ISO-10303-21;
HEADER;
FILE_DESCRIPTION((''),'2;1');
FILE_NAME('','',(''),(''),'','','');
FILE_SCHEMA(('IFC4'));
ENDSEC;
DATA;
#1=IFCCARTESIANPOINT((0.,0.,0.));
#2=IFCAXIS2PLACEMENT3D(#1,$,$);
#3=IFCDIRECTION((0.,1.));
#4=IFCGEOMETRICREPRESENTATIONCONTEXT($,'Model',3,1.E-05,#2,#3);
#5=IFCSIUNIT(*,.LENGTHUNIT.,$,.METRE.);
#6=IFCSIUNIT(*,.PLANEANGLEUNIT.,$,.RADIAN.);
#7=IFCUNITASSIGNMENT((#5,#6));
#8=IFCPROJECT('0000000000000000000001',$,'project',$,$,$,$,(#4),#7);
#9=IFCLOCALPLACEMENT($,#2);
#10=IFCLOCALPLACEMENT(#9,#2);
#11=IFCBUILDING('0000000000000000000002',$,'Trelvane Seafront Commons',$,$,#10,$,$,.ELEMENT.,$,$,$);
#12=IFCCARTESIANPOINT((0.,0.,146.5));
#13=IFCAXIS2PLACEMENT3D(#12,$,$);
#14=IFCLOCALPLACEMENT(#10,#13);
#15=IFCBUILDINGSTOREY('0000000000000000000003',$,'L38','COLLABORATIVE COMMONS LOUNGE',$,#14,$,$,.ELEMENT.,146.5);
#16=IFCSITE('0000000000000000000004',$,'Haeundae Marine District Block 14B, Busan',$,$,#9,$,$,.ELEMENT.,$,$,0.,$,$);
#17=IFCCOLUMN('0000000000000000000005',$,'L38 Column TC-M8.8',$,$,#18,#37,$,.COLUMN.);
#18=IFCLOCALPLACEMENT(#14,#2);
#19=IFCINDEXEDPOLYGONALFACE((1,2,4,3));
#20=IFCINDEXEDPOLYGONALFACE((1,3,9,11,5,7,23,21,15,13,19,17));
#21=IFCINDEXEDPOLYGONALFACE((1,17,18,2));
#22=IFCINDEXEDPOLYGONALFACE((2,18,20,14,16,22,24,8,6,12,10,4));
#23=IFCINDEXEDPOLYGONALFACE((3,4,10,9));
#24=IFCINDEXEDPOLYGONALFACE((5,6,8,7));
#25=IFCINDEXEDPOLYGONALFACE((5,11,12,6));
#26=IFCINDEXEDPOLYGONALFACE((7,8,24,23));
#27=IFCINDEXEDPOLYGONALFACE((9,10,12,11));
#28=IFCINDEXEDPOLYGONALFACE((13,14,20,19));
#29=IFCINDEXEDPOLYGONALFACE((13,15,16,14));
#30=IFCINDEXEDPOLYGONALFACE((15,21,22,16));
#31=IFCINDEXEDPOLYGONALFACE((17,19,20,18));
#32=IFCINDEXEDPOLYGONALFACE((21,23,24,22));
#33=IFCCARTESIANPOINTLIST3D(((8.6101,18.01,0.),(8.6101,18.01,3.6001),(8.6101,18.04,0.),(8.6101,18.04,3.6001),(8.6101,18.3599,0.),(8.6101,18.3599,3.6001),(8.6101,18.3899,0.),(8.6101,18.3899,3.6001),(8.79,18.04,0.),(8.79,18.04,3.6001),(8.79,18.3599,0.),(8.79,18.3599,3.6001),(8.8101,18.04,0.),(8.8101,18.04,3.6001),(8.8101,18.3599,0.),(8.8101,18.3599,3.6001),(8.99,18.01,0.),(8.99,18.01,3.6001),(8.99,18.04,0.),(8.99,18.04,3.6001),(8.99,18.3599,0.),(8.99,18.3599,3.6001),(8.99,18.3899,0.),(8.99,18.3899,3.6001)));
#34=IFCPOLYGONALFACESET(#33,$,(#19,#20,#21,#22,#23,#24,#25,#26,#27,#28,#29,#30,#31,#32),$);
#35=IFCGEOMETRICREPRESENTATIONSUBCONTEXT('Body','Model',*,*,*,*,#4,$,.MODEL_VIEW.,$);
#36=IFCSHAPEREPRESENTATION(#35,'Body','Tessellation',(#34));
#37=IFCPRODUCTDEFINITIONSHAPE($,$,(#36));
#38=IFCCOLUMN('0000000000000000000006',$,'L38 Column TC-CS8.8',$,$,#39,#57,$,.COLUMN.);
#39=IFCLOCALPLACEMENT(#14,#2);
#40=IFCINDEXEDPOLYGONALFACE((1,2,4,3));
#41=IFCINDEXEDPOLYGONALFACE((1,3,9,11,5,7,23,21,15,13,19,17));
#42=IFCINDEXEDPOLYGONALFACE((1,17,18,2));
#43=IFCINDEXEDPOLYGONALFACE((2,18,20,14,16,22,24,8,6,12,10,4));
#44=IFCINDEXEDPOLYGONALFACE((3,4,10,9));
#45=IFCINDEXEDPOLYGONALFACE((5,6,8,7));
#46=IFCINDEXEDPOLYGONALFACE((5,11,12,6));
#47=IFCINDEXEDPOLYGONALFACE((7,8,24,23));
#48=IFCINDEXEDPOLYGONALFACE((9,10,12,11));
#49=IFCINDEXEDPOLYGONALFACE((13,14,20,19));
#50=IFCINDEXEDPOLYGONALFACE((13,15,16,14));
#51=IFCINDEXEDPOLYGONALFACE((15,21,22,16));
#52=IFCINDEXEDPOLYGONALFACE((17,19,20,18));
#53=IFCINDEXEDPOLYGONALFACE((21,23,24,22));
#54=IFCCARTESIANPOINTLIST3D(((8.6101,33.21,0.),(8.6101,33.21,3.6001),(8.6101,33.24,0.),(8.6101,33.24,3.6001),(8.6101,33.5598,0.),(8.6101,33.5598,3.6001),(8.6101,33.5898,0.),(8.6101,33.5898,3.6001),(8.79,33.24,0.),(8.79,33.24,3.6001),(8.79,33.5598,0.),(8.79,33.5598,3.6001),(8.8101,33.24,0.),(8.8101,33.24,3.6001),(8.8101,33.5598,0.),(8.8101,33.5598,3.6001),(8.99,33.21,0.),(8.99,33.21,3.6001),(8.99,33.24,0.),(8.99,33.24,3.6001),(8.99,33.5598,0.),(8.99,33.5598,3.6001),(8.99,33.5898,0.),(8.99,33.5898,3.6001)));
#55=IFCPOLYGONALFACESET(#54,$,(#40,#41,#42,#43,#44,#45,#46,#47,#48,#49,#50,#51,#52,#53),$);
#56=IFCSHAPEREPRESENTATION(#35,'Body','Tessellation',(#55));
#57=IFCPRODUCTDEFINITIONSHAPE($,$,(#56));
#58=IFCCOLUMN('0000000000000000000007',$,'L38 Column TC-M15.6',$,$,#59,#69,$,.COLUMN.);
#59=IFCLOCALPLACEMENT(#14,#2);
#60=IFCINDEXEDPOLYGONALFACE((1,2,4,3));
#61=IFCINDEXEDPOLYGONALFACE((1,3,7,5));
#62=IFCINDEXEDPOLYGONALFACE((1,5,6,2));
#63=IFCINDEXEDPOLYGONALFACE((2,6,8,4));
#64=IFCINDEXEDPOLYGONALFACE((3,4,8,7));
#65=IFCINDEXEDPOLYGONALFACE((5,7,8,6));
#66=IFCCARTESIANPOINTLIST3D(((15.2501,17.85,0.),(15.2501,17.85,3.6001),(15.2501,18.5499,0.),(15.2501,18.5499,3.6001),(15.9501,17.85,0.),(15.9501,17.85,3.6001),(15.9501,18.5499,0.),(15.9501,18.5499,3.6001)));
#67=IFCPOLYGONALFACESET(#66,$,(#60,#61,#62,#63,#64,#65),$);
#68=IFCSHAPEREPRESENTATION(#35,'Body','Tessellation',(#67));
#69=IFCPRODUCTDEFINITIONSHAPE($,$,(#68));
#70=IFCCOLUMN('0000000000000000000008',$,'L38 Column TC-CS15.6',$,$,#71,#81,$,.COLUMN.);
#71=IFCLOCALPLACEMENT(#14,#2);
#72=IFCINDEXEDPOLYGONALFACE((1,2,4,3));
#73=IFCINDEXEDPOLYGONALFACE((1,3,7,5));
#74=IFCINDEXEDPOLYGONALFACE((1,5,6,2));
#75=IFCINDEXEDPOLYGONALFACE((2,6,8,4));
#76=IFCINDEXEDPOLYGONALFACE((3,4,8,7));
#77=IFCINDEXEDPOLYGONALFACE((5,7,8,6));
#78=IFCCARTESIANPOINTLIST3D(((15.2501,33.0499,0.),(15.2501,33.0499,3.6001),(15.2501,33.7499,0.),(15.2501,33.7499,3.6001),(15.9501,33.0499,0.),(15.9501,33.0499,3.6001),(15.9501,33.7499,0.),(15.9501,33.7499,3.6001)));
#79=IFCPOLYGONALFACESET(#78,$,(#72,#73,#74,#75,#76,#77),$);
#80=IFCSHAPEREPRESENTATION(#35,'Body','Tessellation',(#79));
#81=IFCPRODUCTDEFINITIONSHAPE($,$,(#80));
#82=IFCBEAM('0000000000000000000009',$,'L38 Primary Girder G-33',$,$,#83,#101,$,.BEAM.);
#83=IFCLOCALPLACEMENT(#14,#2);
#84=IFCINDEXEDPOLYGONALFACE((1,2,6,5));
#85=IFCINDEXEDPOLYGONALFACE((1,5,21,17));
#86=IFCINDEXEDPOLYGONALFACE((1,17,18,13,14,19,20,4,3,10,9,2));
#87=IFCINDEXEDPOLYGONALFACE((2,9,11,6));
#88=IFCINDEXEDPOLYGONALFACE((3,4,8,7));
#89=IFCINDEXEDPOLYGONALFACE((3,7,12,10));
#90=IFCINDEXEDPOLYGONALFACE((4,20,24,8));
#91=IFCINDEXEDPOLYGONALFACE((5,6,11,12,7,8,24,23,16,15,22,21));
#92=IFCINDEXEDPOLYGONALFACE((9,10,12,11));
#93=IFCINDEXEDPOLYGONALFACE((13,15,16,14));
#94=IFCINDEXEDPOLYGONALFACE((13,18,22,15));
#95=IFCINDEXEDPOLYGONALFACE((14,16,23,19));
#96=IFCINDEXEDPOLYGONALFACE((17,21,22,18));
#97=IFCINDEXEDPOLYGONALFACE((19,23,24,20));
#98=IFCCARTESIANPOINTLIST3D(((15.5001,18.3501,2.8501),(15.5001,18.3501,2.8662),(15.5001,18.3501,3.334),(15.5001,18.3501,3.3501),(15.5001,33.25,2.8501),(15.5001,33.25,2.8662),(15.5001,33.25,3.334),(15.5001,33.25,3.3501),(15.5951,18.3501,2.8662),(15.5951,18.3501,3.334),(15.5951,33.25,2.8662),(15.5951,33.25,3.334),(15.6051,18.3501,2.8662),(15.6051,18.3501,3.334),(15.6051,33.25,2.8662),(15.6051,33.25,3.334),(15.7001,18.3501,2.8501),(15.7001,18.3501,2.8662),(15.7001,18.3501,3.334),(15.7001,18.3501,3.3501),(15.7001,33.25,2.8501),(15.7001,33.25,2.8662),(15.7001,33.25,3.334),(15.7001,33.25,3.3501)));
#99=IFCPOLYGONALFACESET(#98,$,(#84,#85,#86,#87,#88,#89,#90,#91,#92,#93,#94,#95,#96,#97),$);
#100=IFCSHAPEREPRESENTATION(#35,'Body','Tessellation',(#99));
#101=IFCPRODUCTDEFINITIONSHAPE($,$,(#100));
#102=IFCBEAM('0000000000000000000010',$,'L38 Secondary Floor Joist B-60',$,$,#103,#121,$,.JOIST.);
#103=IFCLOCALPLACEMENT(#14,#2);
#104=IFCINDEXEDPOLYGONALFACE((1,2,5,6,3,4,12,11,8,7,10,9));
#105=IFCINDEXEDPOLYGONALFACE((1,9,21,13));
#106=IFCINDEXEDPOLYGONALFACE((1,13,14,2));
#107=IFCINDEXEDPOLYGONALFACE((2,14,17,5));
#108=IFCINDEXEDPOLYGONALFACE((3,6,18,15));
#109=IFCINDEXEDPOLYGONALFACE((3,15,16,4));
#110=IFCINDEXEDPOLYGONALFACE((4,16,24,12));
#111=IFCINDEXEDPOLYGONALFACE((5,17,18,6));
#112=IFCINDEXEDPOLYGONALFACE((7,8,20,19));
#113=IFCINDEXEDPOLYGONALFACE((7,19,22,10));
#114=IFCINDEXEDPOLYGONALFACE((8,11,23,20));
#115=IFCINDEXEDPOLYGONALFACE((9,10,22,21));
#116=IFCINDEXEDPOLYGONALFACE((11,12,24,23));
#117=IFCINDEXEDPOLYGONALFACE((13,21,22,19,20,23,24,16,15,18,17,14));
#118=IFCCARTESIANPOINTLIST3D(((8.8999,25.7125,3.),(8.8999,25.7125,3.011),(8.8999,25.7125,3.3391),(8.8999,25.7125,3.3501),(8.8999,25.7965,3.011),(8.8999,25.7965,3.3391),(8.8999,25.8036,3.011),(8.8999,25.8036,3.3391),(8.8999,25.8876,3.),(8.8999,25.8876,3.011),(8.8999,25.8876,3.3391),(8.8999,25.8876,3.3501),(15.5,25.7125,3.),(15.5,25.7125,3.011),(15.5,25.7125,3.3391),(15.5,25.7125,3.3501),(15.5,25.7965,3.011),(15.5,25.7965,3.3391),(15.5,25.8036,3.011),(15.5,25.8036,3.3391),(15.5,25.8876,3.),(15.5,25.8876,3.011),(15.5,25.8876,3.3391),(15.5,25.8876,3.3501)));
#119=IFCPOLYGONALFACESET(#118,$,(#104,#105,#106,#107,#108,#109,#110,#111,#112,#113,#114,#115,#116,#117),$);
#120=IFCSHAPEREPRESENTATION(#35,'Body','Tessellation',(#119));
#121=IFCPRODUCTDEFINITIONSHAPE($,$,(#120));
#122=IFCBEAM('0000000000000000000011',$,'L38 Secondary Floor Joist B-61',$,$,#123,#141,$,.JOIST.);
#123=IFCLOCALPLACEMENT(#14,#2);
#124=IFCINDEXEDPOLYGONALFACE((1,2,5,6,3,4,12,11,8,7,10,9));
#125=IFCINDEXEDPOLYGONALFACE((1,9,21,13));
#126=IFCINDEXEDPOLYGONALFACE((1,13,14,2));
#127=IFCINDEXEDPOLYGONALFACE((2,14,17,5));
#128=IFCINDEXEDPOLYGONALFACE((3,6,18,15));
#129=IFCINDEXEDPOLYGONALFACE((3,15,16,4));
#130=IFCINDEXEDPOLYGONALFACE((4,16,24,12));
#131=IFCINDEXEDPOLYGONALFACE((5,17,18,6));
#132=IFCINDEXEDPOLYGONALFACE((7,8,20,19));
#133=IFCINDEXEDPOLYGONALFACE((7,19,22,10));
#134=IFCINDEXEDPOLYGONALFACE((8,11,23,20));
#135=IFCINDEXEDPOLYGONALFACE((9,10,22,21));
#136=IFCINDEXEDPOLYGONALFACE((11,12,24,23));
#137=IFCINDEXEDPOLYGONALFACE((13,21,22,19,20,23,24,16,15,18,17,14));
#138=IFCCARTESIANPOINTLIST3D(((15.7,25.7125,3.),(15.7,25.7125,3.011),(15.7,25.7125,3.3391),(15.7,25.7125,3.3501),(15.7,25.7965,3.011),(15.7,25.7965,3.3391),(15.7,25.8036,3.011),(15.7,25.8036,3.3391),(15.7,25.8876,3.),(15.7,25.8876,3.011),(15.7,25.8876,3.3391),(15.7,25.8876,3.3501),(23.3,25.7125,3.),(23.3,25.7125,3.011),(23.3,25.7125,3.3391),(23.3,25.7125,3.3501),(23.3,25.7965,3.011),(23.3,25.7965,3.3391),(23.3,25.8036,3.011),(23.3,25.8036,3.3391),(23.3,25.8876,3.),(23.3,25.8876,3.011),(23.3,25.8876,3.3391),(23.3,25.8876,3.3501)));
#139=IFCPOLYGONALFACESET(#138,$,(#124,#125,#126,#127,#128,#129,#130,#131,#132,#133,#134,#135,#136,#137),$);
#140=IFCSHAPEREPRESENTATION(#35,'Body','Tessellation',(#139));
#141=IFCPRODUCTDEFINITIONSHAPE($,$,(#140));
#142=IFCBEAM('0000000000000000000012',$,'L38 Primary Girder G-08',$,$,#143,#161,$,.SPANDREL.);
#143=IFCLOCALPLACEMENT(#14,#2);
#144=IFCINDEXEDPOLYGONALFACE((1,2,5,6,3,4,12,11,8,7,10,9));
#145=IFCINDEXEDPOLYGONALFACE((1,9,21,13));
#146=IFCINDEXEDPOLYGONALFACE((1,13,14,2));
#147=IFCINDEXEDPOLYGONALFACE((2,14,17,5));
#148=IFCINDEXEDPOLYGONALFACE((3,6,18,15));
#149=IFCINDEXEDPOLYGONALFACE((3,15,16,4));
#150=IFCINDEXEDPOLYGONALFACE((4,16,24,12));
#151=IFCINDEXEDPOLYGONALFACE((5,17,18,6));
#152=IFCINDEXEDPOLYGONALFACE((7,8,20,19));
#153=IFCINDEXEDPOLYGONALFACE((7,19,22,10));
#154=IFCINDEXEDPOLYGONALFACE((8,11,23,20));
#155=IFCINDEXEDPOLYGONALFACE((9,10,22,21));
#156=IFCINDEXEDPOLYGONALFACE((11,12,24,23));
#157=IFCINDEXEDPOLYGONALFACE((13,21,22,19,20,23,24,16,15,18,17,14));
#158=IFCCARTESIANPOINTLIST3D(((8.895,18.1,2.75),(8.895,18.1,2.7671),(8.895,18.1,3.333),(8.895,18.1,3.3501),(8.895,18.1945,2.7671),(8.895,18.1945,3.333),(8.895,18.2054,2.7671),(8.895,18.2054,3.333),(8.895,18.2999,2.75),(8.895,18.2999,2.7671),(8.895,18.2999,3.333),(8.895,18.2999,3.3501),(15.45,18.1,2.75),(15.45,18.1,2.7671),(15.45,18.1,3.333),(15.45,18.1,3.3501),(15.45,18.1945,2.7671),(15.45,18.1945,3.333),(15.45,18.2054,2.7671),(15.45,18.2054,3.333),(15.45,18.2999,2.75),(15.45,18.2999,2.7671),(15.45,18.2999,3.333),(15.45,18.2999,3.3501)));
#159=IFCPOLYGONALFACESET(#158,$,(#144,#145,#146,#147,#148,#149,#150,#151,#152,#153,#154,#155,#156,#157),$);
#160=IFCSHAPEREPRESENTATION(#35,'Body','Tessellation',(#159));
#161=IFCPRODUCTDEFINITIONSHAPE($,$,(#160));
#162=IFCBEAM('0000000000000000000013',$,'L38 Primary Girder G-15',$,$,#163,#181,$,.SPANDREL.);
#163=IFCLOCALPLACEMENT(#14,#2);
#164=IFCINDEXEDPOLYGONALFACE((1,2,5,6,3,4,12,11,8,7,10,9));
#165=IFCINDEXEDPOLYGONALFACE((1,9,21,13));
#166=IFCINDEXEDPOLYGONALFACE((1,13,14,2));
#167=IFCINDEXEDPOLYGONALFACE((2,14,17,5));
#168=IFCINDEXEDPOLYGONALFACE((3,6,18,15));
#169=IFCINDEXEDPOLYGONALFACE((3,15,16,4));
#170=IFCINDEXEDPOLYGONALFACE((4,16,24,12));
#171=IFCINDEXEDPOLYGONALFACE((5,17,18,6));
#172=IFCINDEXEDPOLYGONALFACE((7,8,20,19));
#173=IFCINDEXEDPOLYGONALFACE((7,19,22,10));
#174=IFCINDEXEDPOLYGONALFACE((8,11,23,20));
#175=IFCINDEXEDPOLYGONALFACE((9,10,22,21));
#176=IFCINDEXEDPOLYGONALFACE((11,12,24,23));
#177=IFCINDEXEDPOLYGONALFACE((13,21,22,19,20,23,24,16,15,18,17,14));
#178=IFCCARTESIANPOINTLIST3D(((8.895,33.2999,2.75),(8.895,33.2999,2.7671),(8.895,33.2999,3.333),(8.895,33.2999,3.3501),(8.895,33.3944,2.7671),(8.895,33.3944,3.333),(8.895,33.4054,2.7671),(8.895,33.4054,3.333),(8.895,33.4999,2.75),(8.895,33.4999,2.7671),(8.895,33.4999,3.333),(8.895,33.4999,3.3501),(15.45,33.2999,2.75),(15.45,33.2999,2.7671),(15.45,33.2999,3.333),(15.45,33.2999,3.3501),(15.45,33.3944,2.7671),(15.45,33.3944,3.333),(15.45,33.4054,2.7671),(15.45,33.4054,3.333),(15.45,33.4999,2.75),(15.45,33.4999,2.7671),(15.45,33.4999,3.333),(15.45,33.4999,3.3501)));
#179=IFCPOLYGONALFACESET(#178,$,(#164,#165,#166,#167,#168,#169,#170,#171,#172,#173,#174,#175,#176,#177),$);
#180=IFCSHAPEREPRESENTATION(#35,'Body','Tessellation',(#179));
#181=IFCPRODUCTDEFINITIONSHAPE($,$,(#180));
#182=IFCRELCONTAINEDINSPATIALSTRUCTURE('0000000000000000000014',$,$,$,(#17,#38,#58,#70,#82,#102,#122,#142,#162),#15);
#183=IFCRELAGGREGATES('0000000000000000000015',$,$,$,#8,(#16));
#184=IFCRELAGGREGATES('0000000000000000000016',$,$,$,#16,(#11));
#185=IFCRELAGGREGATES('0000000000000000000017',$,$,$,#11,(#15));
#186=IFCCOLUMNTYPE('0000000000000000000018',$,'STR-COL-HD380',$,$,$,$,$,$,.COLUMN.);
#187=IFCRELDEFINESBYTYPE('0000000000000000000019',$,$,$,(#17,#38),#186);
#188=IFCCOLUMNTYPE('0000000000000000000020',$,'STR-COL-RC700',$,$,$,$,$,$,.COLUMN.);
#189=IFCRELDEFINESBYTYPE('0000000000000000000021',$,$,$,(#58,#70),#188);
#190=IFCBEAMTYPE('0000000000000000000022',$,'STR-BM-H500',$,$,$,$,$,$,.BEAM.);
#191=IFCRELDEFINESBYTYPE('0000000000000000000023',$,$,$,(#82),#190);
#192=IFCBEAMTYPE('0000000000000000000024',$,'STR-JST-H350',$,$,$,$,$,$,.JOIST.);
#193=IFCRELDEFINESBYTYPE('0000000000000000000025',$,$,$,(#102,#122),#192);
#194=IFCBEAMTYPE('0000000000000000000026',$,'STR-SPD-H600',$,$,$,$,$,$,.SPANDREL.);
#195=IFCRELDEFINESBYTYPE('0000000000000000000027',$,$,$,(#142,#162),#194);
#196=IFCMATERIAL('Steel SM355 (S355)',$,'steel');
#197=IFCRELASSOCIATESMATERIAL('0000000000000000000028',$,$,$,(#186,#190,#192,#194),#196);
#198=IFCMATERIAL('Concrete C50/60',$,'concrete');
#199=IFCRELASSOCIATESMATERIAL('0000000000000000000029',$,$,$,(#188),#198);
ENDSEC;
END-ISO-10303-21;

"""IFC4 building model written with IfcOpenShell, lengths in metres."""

from ifc_helpers import new_model, si_unit, direction, frame, origin, origin_2d, place, context, subcontext, project, spatial, rectangle, i_section, extrude, source, transform, mapped, material, material_profile, profile_set, type_object, element, save


model = new_model("IFC4")

# Units and contexts
model_context = context("Model", 3, precision=1e-05, world=origin(), true_north=direction((0.0, 1.0)))
body_context = subcontext(model_context, "Body", "Model", "MODEL_VIEW")
ifc_project = project(units=[si_unit("LENGTHUNIT", "METRE"), si_unit("PLANEANGLEUNIT", "RADIAN")], contexts=[model_context])

# Site, building, storey
site_placement = place(None, origin())
site = spatial("IfcSite", under=ifc_project, at=site_placement, Name="Haeundae Marine District Block 14B, Busan", CompositionType="ELEMENT", RefElevation=0.0)
building_placement = place(site_placement, origin())
building = spatial("IfcBuilding", under=site, at=building_placement, Name="Trelvane Seafront Commons", CompositionType="ELEMENT")
storey_placement = place(building_placement, frame((0.0, 0.0, 146.5)))
storey = spatial("IfcBuildingStorey", under=building, at=storey_placement, Name="L38", Description="COLLABORATIVE COMMONS LOUNGE", CompositionType="ELEMENT", Elevation=146.5)

# Columns
ifc_material_1 = material(Name="Steel SM355 (S355)", Category="steel")
ifc_material_profile_1 = material_profile(ifc_material_1, i_section(OverallWidth=0.3799, OverallDepth=0.3799, WebThickness=0.02, FlangeThickness=0.03, at=origin_2d()), Name="HD-380x380x20x30")
ifc_profile_set_1 = profile_set([ifc_material_profile_1], Name="Steel SM355 (S355)")
column_type_1 = type_object("IfcColumnType", Name="STR-COL-HD380", PredefinedType="COLUMN", material=ifc_profile_set_1)
shared_shape_1 = source(origin(), body_context, "Body", "SweptSolid", [
    extrude(i_section(OverallWidth=0.3799, OverallDepth=0.3799, WebThickness=0.02, FlangeThickness=0.03, at=origin_2d()), origin(), (0.0, 0.0, 1.0), 3.6001),
])
for number, where, z_axis, x_axis, name in (
    (1, (8.8, 18.2, 0.0), (0.0, 0.0, 1.0), (1.0, 0.0, 0.0), "L38 Column TC-M8.8"),
    (2, (8.8, 33.3999, 0.0), (0.0, 0.0, 1.0), (1.0, 0.0, 0.0), "L38 Column TC-CS8.8"),
):
    element("IfcColumn", number, at=place(storey_placement, frame(where, z_axis=z_axis, x_axis=x_axis)), inside=storey, type_object=column_type_1, Name=name, PredefinedType="COLUMN", context=body_context, shape_type="MappedRepresentation", body=[
        mapped(shared_shape_1, transform((0.0, 0.0, 0.0), x_axis=(1.0, 0.0, 0.0), y_axis=(0.0, 1.0, 0.0), z_axis=(0.0, 0.0, 1.0), scale=1.0)),
    ])
ifc_material_2 = material(Name="Concrete C50/60", Category="concrete")
ifc_material_profile_2 = material_profile(ifc_material_2, rectangle(XDim=0.7, YDim=0.7, at=origin_2d()), Name="RC-700x700")
ifc_profile_set_2 = profile_set([ifc_material_profile_2], Name="Concrete C50/60")
column_type_2 = type_object("IfcColumnType", Name="STR-COL-RC700", PredefinedType="COLUMN", material=ifc_profile_set_2)
shared_shape_2 = source(origin(), body_context, "Body", "SweptSolid", [
    extrude(rectangle(XDim=0.7, YDim=0.7, at=origin_2d()), origin(), (0.0, 0.0, 1.0), 3.6001),
])
for number, where, z_axis, x_axis, name in (
    (3, (15.6001, 18.2, 0.0), (0.0, 0.0, 1.0), (1.0, 0.0, 0.0), "L38 Column TC-M15.6"),
    (4, (15.6001, 33.3999, 0.0), (0.0, 0.0, 1.0), (1.0, 0.0, 0.0), "L38 Column TC-CS15.6"),
):
    element("IfcColumn", number, at=place(storey_placement, frame(where, z_axis=z_axis, x_axis=x_axis)), inside=storey, type_object=column_type_2, Name=name, PredefinedType="COLUMN", context=body_context, shape_type="MappedRepresentation", body=[
        mapped(shared_shape_2, transform((0.0, 0.0, 0.0), x_axis=(1.0, 0.0, 0.0), y_axis=(0.0, 1.0, 0.0), z_axis=(0.0, 0.0, 1.0), scale=1.0)),
    ])

# Beams
ifc_material_profile_3 = material_profile(ifc_material_1, i_section(OverallWidth=0.2, OverallDepth=0.5, WebThickness=0.01, FlangeThickness=0.0161, at=origin_2d()), Name="H-500x200x10x16")
ifc_profile_set_3 = profile_set([ifc_material_profile_3], Name="Steel SM355 (S355)")
beam_type_1 = type_object("IfcBeamType", Name="STR-BM-H500", PredefinedType="BEAM", material=ifc_profile_set_3)
shared_shape_3 = source(origin(), body_context, "Body", "SweptSolid", [
    extrude(i_section(OverallWidth=0.2, OverallDepth=0.5, WebThickness=0.01, FlangeThickness=0.0161, at=origin_2d()), origin(), (0.0, 0.0, 1.0), 14.8999),
])
beam_1_placement = place(storey_placement, frame((15.6001, 18.3501, 3.1001), z_axis=(0.0, 1.0, 0.0), x_axis=(-1.0, 0.0, 0.0)))
element("IfcBeam", 5, at=beam_1_placement, inside=storey, type_object=beam_type_1, Name="L38 Primary Girder G-33", PredefinedType="BEAM", context=body_context, shape_type="MappedRepresentation", body=[
    mapped(shared_shape_3, transform((0.0, 0.0, 0.0), x_axis=(1.0, 0.0, 0.0), y_axis=(0.0, 1.0, 0.0), z_axis=(0.0, 0.0, 1.0), scale=1.0)),
])
ifc_material_profile_4 = material_profile(ifc_material_1, i_section(OverallWidth=0.175, OverallDepth=0.3501, WebThickness=0.0071, FlangeThickness=0.011, at=origin_2d()), Name="H-350x175x7x11")
ifc_profile_set_4 = profile_set([ifc_material_profile_4], Name="Steel SM355 (S355)")
beam_type_2 = type_object("IfcBeamType", Name="STR-JST-H350", PredefinedType="JOIST", material=ifc_profile_set_4)
shared_shape_4 = source(origin(), body_context, "Body", "SweptSolid", [
    extrude(i_section(OverallWidth=0.175, OverallDepth=0.3501, WebThickness=0.0071, FlangeThickness=0.011, at=origin_2d()), origin(), (0.0, 0.0, 1.0), 6.6001),
])
beam_2_placement = place(storey_placement, frame((8.8999, 25.8, 3.175), z_axis=(1.0, 0.0, 0.0), x_axis=(0.0, 1.0, 0.0)))
element("IfcBeam", 6, at=beam_2_placement, inside=storey, type_object=beam_type_2, Name="L38 Secondary Floor Joist B-60", PredefinedType="JOIST", context=body_context, shape_type="MappedRepresentation", body=[
    mapped(shared_shape_4, transform((0.0, 0.0, 0.0), x_axis=(1.0, 0.0, 0.0), y_axis=(0.0, 1.0, 0.0), z_axis=(0.0, 0.0, 1.0), scale=1.0)),
])
shared_shape_5 = source(origin(), body_context, "Body", "SweptSolid", [
    extrude(i_section(OverallWidth=0.175, OverallDepth=0.3501, WebThickness=0.0071, FlangeThickness=0.011, at=origin_2d()), origin(), (0.0, 0.0, 1.0), 7.6001),
])
beam_3_placement = place(storey_placement, frame((15.7, 25.8, 3.175), z_axis=(1.0, 0.0, 0.0), x_axis=(0.0, 1.0, 0.0)))
element("IfcBeam", 7, at=beam_3_placement, inside=storey, type_object=beam_type_2, Name="L38 Secondary Floor Joist B-61", PredefinedType="JOIST", context=body_context, shape_type="MappedRepresentation", body=[
    mapped(shared_shape_5, transform((0.0, 0.0, 0.0), x_axis=(1.0, 0.0, 0.0), y_axis=(0.0, 1.0, 0.0), z_axis=(0.0, 0.0, 1.0), scale=1.0)),
])
ifc_material_profile_5 = material_profile(ifc_material_1, i_section(OverallWidth=0.2, OverallDepth=0.6001, WebThickness=0.011, FlangeThickness=0.0171, at=origin_2d()), Name="H-600x200x11x17")
ifc_profile_set_5 = profile_set([ifc_material_profile_5], Name="Steel SM355 (S355)")
beam_type_3 = type_object("IfcBeamType", Name="STR-SPD-H600", PredefinedType="SPANDREL", material=ifc_profile_set_5)
shared_shape_6 = source(origin(), body_context, "Body", "SweptSolid", [
    extrude(i_section(OverallWidth=0.2, OverallDepth=0.6001, WebThickness=0.011, FlangeThickness=0.0171, at=origin_2d()), origin(), (0.0, 0.0, 1.0), 6.5549),
])
for number, where, z_axis, x_axis, name in (
    (8, (8.895, 18.2, 3.05), (1.0, 0.0, 0.0), (0.0, 1.0, 0.0), "L38 Primary Girder G-08"),
    (9, (8.895, 33.3999, 3.05), (1.0, 0.0, 0.0), (0.0, 1.0, 0.0), "L38 Primary Girder G-15"),
):
    element("IfcBeam", number, at=place(storey_placement, frame(where, z_axis=z_axis, x_axis=x_axis)), inside=storey, type_object=beam_type_3, Name=name, PredefinedType="SPANDREL", context=body_context, shape_type="MappedRepresentation", body=[
        mapped(shared_shape_6, transform((0.0, 0.0, 0.0), x_axis=(1.0, 0.0, 0.0), y_axis=(0.0, 1.0, 0.0), z_axis=(0.0, 0.0, 1.0), scale=1.0)),
    ])

save(model, "model.ifc")
